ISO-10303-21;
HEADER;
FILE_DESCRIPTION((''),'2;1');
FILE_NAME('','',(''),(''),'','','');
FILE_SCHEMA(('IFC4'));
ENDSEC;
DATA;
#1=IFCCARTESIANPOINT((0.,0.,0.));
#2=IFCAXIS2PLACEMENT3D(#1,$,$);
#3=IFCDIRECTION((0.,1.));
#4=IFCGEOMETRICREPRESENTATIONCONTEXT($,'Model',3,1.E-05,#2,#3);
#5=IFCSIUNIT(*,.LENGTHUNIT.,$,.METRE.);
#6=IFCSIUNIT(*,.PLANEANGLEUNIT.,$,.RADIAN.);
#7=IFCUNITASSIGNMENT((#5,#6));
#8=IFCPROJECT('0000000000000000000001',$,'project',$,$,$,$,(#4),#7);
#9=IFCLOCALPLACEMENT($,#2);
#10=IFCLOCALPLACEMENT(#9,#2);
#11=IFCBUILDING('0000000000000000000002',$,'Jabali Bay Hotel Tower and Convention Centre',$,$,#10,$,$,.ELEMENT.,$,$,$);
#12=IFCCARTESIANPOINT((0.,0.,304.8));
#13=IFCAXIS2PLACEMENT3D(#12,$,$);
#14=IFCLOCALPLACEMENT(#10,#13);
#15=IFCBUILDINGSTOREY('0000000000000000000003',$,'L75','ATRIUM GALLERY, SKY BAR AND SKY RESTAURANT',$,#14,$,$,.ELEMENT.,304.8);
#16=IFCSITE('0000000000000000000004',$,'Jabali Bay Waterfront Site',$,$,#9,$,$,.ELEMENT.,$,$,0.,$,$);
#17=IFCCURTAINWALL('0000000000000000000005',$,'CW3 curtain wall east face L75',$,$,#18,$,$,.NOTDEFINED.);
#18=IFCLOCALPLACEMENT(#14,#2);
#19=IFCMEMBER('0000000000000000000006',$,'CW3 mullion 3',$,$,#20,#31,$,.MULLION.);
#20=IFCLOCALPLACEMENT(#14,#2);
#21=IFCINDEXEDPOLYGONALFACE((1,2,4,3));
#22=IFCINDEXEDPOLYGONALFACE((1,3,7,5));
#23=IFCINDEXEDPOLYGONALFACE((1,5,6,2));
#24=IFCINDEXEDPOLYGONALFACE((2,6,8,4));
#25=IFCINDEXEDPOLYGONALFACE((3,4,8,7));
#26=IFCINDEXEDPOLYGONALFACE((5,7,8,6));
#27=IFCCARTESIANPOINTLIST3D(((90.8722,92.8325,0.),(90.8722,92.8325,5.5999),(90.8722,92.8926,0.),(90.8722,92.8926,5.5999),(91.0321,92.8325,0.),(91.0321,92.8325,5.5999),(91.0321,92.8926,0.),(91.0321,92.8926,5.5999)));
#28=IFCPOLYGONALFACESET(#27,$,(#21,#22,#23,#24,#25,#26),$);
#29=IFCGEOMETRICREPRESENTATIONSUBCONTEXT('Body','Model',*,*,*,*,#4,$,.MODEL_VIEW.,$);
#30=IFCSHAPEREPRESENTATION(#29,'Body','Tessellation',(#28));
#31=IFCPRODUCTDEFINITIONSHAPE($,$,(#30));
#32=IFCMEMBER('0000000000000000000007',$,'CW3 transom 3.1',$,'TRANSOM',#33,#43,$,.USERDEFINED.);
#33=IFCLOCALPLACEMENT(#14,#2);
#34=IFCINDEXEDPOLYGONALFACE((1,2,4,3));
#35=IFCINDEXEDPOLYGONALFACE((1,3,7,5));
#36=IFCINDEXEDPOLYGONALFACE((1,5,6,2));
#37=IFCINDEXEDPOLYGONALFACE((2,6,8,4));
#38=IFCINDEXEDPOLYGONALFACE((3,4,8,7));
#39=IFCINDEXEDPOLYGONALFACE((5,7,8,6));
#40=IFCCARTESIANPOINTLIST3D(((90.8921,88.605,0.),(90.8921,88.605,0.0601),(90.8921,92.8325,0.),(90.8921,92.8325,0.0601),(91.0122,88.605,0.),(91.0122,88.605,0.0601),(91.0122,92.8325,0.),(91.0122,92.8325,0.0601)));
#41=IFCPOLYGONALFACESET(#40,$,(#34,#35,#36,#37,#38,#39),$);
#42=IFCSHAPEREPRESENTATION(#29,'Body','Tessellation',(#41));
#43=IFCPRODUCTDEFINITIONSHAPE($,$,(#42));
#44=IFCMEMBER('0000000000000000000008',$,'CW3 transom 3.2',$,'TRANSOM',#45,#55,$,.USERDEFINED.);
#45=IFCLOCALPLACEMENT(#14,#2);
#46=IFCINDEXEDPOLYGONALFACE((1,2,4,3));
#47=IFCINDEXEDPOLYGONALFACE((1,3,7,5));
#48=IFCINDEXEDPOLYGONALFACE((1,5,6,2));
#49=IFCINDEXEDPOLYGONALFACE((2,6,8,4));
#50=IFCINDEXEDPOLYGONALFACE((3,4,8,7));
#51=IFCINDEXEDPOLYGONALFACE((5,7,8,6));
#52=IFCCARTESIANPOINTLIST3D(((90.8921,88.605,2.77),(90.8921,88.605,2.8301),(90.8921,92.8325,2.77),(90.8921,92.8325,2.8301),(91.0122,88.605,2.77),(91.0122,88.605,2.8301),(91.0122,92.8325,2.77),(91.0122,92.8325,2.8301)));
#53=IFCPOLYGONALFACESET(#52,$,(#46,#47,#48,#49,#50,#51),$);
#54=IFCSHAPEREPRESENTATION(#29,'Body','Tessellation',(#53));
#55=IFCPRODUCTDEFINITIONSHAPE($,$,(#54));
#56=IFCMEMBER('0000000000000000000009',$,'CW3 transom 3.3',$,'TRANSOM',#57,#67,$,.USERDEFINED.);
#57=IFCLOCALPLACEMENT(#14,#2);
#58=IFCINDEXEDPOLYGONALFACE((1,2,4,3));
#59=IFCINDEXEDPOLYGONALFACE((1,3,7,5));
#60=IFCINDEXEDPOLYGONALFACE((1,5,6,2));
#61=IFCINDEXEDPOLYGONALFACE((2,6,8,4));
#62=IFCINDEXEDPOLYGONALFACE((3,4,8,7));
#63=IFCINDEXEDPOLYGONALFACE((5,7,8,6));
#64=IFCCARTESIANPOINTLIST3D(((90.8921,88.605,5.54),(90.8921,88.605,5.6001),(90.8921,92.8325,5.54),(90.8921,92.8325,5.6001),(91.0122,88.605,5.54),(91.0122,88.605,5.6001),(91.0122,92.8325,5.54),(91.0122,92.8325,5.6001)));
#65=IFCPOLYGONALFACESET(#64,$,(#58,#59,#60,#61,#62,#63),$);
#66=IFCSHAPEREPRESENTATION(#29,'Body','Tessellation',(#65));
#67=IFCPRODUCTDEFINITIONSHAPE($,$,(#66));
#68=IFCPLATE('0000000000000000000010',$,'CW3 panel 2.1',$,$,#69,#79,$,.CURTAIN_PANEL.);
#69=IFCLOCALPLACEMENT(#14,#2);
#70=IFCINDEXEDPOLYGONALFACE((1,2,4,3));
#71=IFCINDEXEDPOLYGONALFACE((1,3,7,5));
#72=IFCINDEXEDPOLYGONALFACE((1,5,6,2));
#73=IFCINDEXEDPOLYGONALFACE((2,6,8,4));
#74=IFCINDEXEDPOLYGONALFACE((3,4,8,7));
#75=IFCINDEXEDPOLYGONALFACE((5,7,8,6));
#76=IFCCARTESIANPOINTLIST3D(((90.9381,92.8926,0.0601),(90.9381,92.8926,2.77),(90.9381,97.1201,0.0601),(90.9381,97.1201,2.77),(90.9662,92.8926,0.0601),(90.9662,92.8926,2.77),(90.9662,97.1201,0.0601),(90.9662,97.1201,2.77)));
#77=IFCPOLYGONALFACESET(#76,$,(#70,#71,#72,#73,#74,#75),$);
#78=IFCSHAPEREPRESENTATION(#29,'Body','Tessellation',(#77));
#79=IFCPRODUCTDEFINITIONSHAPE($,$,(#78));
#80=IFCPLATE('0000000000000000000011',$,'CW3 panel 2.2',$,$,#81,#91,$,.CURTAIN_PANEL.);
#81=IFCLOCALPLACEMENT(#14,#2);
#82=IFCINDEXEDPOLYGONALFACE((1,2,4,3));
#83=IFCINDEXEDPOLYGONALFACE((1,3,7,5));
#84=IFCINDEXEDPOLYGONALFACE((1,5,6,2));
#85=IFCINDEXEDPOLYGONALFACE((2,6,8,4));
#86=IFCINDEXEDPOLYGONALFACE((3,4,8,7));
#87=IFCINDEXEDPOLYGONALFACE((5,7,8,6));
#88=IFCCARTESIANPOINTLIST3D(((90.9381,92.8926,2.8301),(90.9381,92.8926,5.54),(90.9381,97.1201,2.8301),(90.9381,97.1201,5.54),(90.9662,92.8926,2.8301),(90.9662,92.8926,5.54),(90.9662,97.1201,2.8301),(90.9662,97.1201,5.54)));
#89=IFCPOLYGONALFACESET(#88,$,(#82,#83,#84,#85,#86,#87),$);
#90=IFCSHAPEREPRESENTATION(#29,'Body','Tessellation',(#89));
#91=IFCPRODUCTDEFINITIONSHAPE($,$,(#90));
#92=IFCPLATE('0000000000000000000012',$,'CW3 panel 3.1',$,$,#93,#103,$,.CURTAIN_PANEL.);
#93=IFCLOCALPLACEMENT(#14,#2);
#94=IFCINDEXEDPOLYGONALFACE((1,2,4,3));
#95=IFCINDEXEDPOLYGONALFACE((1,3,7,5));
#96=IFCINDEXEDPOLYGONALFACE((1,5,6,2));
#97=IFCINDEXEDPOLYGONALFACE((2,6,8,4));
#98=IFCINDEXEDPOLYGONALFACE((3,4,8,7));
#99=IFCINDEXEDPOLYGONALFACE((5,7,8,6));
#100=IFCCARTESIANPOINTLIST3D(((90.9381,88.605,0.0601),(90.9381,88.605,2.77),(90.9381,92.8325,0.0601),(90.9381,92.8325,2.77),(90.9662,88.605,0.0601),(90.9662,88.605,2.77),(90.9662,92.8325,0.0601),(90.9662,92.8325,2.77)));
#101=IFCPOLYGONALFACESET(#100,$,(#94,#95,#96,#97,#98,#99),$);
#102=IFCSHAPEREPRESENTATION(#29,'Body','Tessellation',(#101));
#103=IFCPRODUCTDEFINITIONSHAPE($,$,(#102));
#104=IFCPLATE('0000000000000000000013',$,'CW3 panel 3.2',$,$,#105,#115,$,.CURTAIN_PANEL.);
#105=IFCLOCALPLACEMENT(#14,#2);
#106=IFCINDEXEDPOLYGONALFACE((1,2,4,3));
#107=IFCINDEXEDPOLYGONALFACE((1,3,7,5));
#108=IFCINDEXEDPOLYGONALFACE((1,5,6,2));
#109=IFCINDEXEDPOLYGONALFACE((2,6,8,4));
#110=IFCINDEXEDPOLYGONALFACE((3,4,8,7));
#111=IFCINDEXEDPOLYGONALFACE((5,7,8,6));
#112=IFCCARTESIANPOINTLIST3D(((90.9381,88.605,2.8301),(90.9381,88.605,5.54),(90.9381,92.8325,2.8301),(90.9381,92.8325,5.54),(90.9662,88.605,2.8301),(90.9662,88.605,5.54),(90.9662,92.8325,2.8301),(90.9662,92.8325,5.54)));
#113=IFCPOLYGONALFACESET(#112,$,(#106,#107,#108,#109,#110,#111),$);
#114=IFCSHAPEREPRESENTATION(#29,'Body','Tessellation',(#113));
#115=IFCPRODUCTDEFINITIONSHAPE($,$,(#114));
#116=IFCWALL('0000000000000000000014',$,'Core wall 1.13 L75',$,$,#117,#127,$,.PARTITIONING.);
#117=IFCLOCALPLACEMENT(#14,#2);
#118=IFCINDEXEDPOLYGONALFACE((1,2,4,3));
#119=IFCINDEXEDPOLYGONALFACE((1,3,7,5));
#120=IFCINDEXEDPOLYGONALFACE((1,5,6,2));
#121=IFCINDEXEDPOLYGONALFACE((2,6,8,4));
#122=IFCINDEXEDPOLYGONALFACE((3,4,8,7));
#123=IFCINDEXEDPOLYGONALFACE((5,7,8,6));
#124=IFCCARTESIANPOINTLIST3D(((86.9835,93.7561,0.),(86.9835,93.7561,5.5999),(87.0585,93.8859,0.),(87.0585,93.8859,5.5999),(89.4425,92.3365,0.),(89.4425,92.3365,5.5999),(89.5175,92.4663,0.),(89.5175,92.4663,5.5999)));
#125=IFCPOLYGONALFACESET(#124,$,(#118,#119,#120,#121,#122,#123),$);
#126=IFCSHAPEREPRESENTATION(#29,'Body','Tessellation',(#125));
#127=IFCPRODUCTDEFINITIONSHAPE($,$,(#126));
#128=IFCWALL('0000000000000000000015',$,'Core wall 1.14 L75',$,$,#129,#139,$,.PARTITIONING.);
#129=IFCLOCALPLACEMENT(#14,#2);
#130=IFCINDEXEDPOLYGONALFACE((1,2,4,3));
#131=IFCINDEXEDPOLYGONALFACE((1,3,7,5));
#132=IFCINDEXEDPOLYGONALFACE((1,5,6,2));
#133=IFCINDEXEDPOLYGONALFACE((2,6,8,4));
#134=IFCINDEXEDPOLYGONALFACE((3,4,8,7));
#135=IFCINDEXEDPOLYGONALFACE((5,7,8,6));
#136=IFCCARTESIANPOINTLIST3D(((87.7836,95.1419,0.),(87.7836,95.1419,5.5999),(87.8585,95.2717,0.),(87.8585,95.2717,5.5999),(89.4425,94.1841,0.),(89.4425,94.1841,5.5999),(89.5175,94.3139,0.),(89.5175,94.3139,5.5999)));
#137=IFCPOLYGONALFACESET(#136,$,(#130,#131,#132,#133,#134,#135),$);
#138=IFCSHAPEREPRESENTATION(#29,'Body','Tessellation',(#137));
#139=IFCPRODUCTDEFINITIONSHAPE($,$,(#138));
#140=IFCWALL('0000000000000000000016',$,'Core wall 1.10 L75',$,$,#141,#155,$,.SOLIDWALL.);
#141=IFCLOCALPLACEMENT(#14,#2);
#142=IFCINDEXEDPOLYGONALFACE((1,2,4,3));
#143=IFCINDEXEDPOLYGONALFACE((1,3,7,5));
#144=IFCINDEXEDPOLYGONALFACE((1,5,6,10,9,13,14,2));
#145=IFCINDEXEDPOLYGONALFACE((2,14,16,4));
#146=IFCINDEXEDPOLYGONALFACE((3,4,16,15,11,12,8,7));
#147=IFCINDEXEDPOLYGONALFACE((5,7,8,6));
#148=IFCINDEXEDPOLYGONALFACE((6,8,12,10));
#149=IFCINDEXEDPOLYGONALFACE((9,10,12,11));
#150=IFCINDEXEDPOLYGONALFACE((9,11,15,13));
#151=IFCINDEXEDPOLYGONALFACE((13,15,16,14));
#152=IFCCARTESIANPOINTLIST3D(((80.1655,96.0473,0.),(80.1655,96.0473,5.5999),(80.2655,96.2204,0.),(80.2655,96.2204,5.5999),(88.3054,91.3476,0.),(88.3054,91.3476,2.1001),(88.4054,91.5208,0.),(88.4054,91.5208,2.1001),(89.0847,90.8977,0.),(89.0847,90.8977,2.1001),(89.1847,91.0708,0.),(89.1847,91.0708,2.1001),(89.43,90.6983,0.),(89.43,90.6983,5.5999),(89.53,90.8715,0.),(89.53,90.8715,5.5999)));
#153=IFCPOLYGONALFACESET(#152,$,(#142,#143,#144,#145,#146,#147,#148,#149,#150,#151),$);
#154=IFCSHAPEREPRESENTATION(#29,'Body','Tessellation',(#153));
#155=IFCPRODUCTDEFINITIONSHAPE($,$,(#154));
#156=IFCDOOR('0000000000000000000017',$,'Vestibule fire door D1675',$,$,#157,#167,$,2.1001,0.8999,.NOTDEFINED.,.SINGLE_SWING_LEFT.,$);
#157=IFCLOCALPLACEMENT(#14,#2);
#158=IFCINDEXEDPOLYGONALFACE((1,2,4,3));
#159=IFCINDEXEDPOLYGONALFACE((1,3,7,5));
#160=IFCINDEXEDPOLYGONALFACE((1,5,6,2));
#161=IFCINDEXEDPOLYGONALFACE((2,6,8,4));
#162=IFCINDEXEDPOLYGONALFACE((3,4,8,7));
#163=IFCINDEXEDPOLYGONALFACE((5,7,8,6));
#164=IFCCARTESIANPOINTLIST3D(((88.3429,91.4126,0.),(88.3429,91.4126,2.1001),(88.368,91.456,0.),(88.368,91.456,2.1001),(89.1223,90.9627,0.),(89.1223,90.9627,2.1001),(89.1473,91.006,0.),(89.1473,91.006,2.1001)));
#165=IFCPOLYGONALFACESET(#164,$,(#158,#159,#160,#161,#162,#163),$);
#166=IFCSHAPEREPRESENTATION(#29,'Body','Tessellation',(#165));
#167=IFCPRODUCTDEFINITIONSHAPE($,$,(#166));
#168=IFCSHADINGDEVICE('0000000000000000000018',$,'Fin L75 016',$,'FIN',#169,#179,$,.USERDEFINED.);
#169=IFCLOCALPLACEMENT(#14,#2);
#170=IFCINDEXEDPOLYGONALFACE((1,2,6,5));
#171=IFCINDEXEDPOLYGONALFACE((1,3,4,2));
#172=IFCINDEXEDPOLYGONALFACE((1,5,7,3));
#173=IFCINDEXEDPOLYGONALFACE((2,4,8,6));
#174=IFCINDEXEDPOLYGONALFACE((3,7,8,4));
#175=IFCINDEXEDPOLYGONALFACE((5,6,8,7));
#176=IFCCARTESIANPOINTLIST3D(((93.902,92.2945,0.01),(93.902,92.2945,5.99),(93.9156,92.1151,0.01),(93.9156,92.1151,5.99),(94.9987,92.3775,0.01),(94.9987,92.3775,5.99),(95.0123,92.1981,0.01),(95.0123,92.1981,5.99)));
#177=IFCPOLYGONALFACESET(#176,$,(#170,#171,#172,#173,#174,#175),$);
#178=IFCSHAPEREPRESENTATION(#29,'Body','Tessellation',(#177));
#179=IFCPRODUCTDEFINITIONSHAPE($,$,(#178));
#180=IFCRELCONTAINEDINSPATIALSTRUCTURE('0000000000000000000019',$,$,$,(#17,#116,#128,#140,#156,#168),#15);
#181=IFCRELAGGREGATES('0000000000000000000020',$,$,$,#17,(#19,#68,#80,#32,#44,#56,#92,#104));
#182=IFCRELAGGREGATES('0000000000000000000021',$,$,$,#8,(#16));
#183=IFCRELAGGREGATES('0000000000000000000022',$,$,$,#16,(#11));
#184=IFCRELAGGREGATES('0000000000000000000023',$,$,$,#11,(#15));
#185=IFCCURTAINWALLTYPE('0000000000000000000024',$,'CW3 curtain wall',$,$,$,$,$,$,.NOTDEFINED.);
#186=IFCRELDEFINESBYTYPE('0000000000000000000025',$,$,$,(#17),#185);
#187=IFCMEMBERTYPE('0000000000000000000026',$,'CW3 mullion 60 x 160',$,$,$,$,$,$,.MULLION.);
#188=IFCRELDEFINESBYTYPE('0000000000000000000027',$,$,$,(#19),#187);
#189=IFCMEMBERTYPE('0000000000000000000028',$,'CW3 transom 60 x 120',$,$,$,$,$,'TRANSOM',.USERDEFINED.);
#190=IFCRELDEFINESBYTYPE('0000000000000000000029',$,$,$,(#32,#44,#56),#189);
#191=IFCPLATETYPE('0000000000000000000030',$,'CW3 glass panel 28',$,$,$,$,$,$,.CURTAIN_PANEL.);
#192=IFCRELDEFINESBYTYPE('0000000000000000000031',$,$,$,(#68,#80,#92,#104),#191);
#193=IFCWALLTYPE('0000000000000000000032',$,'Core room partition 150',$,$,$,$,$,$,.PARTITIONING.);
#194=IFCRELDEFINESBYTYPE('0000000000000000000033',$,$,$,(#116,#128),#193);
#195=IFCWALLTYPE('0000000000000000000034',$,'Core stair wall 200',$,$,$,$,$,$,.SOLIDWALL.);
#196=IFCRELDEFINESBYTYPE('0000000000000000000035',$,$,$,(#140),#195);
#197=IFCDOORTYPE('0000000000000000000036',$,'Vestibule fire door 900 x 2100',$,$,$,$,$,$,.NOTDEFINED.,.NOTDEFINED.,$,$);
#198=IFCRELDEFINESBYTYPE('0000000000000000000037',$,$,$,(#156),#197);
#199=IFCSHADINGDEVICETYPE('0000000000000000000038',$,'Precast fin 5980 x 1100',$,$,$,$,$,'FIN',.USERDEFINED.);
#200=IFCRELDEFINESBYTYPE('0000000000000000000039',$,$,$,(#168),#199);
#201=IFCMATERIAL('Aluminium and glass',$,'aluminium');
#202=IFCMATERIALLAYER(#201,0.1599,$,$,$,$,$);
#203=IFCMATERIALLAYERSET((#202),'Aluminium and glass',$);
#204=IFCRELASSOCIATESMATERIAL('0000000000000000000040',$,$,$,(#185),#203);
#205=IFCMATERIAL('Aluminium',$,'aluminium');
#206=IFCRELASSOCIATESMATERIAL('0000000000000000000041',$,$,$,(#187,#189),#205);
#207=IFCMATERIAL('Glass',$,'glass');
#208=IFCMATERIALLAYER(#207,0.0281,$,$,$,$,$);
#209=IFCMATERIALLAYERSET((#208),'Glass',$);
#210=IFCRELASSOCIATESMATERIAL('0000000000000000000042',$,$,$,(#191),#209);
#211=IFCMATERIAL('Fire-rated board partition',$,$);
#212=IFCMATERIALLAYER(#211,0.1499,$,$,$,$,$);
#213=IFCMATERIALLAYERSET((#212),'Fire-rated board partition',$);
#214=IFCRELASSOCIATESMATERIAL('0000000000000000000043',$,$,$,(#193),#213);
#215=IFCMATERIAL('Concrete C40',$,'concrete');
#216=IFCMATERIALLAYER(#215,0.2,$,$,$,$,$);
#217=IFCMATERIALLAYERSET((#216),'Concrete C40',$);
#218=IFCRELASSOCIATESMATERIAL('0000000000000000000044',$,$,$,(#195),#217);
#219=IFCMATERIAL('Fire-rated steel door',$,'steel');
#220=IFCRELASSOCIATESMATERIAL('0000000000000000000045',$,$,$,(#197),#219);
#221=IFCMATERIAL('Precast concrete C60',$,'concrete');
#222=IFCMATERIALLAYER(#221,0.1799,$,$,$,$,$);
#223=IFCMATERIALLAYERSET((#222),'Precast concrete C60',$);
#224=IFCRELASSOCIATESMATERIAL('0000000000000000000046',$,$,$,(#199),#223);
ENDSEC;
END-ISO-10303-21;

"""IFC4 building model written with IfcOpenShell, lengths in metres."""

from ifc_helpers import new_model, si_unit, direction, frame, frame_2d, origin, origin_2d, place, context, subcontext, project, spatial, rectangle, extrude, material, layer, layer_set, material_profile, profile_set, type_object, element, fill, aggregate, save


model = new_model("IFC4")

# Units and contexts
model_context = context("Model", 3, precision=1e-05, world=origin(), true_north=direction((0.0, 1.0)))
body_context = subcontext(model_context, "Body", "Model", "MODEL_VIEW")
ifc_project = project(units=[si_unit("LENGTHUNIT", "METRE"), si_unit("PLANEANGLEUNIT", "RADIAN")], contexts=[model_context])

# Site, building, storey
site_placement = place(None, origin())
site = spatial("IfcSite", under=ifc_project, at=site_placement, Name="Jabali Bay Waterfront Site", CompositionType="ELEMENT", RefElevation=0.0)
building_placement = place(site_placement, origin())
building = spatial("IfcBuilding", under=site, at=building_placement, Name="Jabali Bay Hotel Tower and Convention Centre", CompositionType="ELEMENT")
storey_placement = place(building_placement, frame((0.0, 0.0, 304.8)))
storey = spatial("IfcBuildingStorey", under=building, at=storey_placement, Name="L75", Description="ATRIUM GALLERY, SKY BAR AND SKY RESTAURANT", CompositionType="ELEMENT", Elevation=304.8)

# Curtain wall, members, plates
ifc_material_1 = material(Name="Aluminium and glass", Category="aluminium")
ifc_layer_1 = layer(ifc_material_1, 0.1599)
ifc_layer_set_1 = layer_set([ifc_layer_1], Name="Aluminium and glass")
curtain_wall_type = type_object("IfcCurtainWallType", Name="CW3 curtain wall", PredefinedType="NOTDEFINED", material=ifc_layer_set_1)
curtain_wall_placement = place(storey_placement, origin())
curtain_wall = element("IfcCurtainWall", 1, at=curtain_wall_placement, inside=storey, type_object=curtain_wall_type, Name="CW3 curtain wall east face L75", PredefinedType="NOTDEFINED")
ifc_material_2 = material(Name="Aluminium", Category="aluminium")
ifc_material_profile_1 = material_profile(ifc_material_2, rectangle(XDim=0.1599, YDim=0.0601, at=origin_2d()), Name="CW3 mullion 60 x 160")
ifc_profile_set_1 = profile_set([ifc_material_profile_1], Name="Aluminium")
member_type_1 = type_object("IfcMemberType", Name="CW3 mullion 60 x 160", PredefinedType="MULLION", material=ifc_profile_set_1)
member_1_placement = place(storey_placement, frame((90.9521, 92.8625, 0.0), z_axis=(0.0, 0.0, 1.0), x_axis=(1.0, 0.0, 0.0)))
member_1 = element("IfcMember", 2, at=member_1_placement, type_object=member_type_1, Name="CW3 mullion 3", PredefinedType="MULLION", context=body_context, shape_type="SweptSolid", body=[
    extrude(rectangle(XDim=0.1599, YDim=0.0601, at=origin_2d()), origin(), (0.0, 0.0, 1.0), 5.5999),
])
ifc_material_profile_2 = material_profile(ifc_material_2, rectangle(XDim=0.1201, YDim=0.0601, at=origin_2d()), Name="CW3 transom 60 x 120")
ifc_profile_set_2 = profile_set([ifc_material_profile_2], Name="Aluminium")
member_type_2 = type_object("IfcMemberType", Name="CW3 transom 60 x 120", ElementType="TRANSOM", PredefinedType="USERDEFINED", material=ifc_profile_set_2)
member_2_placement = place(storey_placement, frame((90.9521, 92.8325, 0.03), z_axis=(0.0, -1.0, 0.0), x_axis=(1.0, 0.0, 0.0)))
member_2 = element("IfcMember", 3, at=member_2_placement, type_object=member_type_2, Name="CW3 transom 3.1", ObjectType="TRANSOM", PredefinedType="USERDEFINED", context=body_context, shape_type="SweptSolid", body=[
    extrude(rectangle(XDim=0.1201, YDim=0.0601, at=origin_2d()), origin(), (0.0, 0.0, 1.0), 4.2275),
])
member_3_placement = place(storey_placement, frame((90.9521, 92.8325, 2.8), z_axis=(0.0, -1.0, 0.0), x_axis=(1.0, 0.0, 0.0)))
member_3 = element("IfcMember", 4, at=member_3_placement, type_object=member_type_2, Name="CW3 transom 3.2", ObjectType="TRANSOM", PredefinedType="USERDEFINED", context=body_context, shape_type="SweptSolid", body=[
    extrude(rectangle(XDim=0.1201, YDim=0.0601, at=origin_2d()), origin(), (0.0, 0.0, 1.0), 4.2275),
])
member_4_placement = place(storey_placement, frame((90.9521, 92.8325, 5.5701), z_axis=(0.0, -1.0, 0.0), x_axis=(1.0, 0.0, 0.0)))
member_4 = element("IfcMember", 5, at=member_4_placement, type_object=member_type_2, Name="CW3 transom 3.3", ObjectType="TRANSOM", PredefinedType="USERDEFINED", context=body_context, shape_type="SweptSolid", body=[
    extrude(rectangle(XDim=0.1201, YDim=0.0601, at=origin_2d()), origin(), (0.0, 0.0, 1.0), 4.2275),
])
ifc_material_3 = material(Name="Glass", Category="glass")
ifc_layer_2 = layer(ifc_material_3, 0.0281)
ifc_layer_set_2 = layer_set([ifc_layer_2], Name="Glass")
plate_type = type_object("IfcPlateType", Name="CW3 glass panel 28", PredefinedType="CURTAIN_PANEL", material=ifc_layer_set_2)
plate_1_placement = place(storey_placement, frame((90.9521, 95.0063, 0.0601), z_axis=(0.0, 0.0, 1.0), x_axis=(0.0, -1.0, 0.0)))
plate_1 = element("IfcPlate", 6, at=plate_1_placement, type_object=plate_type, Name="CW3 panel 2.1", PredefinedType="CURTAIN_PANEL", context=body_context, shape_type="SweptSolid", body=[
    extrude(rectangle(XDim=4.2275, YDim=0.0281, at=origin_2d()), origin(), (0.0, 0.0, 1.0), 2.71),
])
plate_2_placement = place(storey_placement, frame((90.9521, 95.0063, 2.8301), z_axis=(0.0, 0.0, 1.0), x_axis=(0.0, -1.0, 0.0)))
plate_2 = element("IfcPlate", 7, at=plate_2_placement, type_object=plate_type, Name="CW3 panel 2.2", PredefinedType="CURTAIN_PANEL", context=body_context, shape_type="SweptSolid", body=[
    extrude(rectangle(XDim=4.2275, YDim=0.0281, at=origin_2d()), origin(), (0.0, 0.0, 1.0), 2.71),
])
plate_3_placement = place(storey_placement, frame((90.9521, 90.7188, 0.0601), z_axis=(0.0, 0.0, 1.0), x_axis=(0.0, -1.0, 0.0)))
plate_3 = element("IfcPlate", 8, at=plate_3_placement, type_object=plate_type, Name="CW3 panel 3.1", PredefinedType="CURTAIN_PANEL", context=body_context, shape_type="SweptSolid", body=[
    extrude(rectangle(XDim=4.2275, YDim=0.0281, at=origin_2d()), origin(), (0.0, 0.0, 1.0), 2.71),
])
plate_4_placement = place(storey_placement, frame((90.9521, 90.7188, 2.8301), z_axis=(0.0, 0.0, 1.0), x_axis=(0.0, -1.0, 0.0)))
plate_4 = element("IfcPlate", 9, at=plate_4_placement, type_object=plate_type, Name="CW3 panel 3.2", PredefinedType="CURTAIN_PANEL", context=body_context, shape_type="SweptSolid", body=[
    extrude(rectangle(XDim=4.2275, YDim=0.0281, at=origin_2d()), origin(), (0.0, 0.0, 1.0), 2.71),
])
aggregate(curtain_wall, [member_1, plate_1, plate_2, member_2, member_3, member_4, plate_3, plate_4])

# Walls
ifc_material_4 = material(Name="Fire-rated board partition")
ifc_layer_3 = layer(ifc_material_4, 0.1499)
ifc_layer_set_3 = layer_set([ifc_layer_3], Name="Fire-rated board partition")
wall_type_1 = type_object("IfcWallType", Name="Core room partition 150", PredefinedType="PARTITIONING", material=ifc_layer_set_3)
wall_1_placement = place(storey_placement, frame((89.48, 92.4014, 0.0), z_axis=(0.0, 0.0, 1.0), x_axis=(-0.866028, 0.499995, 0.0)))
element("IfcWall", 10, at=wall_1_placement, inside=storey, type_object=wall_type_1, Name="Core wall 1.13 L75", PredefinedType="PARTITIONING", context=body_context, shape_type="SweptSolid", body=[
    extrude(rectangle(XDim=2.8394, YDim=0.1499, at=frame_2d((1.4197, 0.0))), origin(), (0.0, 0.0, 1.0), 5.5999),
])
wall_2_placement = place(storey_placement, frame((89.48, 94.249, 0.0), z_axis=(0.0, 0.0, 1.0), x_axis=(-0.866031, 0.499991, 0.0)))
element("IfcWall", 11, at=wall_2_placement, inside=storey, type_object=wall_type_1, Name="Core wall 1.14 L75", PredefinedType="PARTITIONING", context=body_context, shape_type="SweptSolid", body=[
    extrude(rectangle(XDim=1.9155, YDim=0.1499, at=frame_2d((0.9578, 0.0))), origin(), (0.0, 0.0, 1.0), 5.5999),
])

# Wall, opening, door
ifc_material_5 = material(Name="Concrete C40", Category="concrete")
ifc_layer_4 = layer(ifc_material_5, 0.2)
ifc_layer_set_4 = layer_set([ifc_layer_4], Name="Concrete C40")
wall_type_2 = type_object("IfcWallType", Name="Core stair wall 200", PredefinedType="SOLIDWALL", material=ifc_layer_set_4)
wall_3_placement = place(storey_placement, frame((89.48, 90.7849, 0.0), z_axis=(0.0, 0.0, 1.0), x_axis=(-0.866023, 0.500005, 0.0)))
wall_3 = element("IfcWall", 12, at=wall_3_placement, inside=storey, type_object=wall_type_2, Name="Core wall 1.10 L75", PredefinedType="SOLIDWALL", context=body_context, shape_type="SweptSolid", body=[
    extrude(rectangle(XDim=10.6978, YDim=0.2, at=frame_2d((5.3489, 0.0))), origin(), (0.0, 0.0, 1.0), 5.5999),
])
opening_placement = place(wall_3_placement, frame((0.3987, 0.0, 0.0)))
opening = element("IfcOpeningElement", 13, at=opening_placement, cuts=wall_3, PredefinedType="OPENING", context=body_context, shape_type="SweptSolid", body=[
    extrude(rectangle(XDim=0.8999, YDim=2.1001, at=frame_2d((0.45, 1.05))), frame((0.0, 0.1104, 0.0), z_axis=(0.0, -1.0, 0.0), x_axis=(1.0, 0.0, 0.0)), (0.0, 0.0, 1.0), 0.2209),
])
ifc_material_6 = material(Name="Fire-rated steel door", Category="steel")
door_type = type_object("IfcDoorType", Name="Vestibule fire door 900 x 2100", OperationType="NOTDEFINED", PredefinedType="NOTDEFINED", material=ifc_material_6)
door_placement = place(opening_placement, origin())
door = element("IfcDoor", 14, at=door_placement, inside=storey, type_object=door_type, Name="Vestibule fire door D1675", OperationType="SINGLE_SWING_LEFT", OverallHeight=2.1001, OverallWidth=0.8999, PredefinedType="NOTDEFINED", context=body_context, shape_type="SweptSolid", body=[
    extrude(rectangle(XDim=0.8999, YDim=2.1001, at=frame_2d((0.45, 1.05))), frame((0.0, 0.0249, 0.0), z_axis=(0.0, -1.0, 0.0), x_axis=(1.0, 0.0, 0.0)), (0.0, 0.0, 1.0), 0.05),
])
fill(opening, door)

# Shading device
ifc_material_7 = material(Name="Precast concrete C60", Category="concrete")
ifc_layer_5 = layer(ifc_material_7, 0.1799)
ifc_layer_set_5 = layer_set([ifc_layer_5], Name="Precast concrete C60")
shading_device_type = type_object("IfcShadingDeviceType", Name="Precast fin 5980 x 1100", ElementType="FIN", PredefinedType="USERDEFINED", material=ifc_layer_set_5)
for number, where, z_axis, x_axis, name in (
    (15, (93.9089, 92.2048, 0.01), (0.0, 0.0, 1.0), (0.997148, 0.075474, 0.0), "Fin L75 016"),
):
    element("IfcShadingDevice", number, at=place(storey_placement, frame(where, z_axis=z_axis, x_axis=x_axis)), inside=storey, type_object=shading_device_type, Name=name, ObjectType="FIN", PredefinedType="USERDEFINED", context=body_context, shape_type="SweptSolid", body=[
        extrude(rectangle(XDim=1.0999, YDim=0.1799, at=frame_2d((0.5498, 0.0))), origin(), (0.0, 0.0, 1.0), 5.98),
    ])

save(model, "model.ifc")
